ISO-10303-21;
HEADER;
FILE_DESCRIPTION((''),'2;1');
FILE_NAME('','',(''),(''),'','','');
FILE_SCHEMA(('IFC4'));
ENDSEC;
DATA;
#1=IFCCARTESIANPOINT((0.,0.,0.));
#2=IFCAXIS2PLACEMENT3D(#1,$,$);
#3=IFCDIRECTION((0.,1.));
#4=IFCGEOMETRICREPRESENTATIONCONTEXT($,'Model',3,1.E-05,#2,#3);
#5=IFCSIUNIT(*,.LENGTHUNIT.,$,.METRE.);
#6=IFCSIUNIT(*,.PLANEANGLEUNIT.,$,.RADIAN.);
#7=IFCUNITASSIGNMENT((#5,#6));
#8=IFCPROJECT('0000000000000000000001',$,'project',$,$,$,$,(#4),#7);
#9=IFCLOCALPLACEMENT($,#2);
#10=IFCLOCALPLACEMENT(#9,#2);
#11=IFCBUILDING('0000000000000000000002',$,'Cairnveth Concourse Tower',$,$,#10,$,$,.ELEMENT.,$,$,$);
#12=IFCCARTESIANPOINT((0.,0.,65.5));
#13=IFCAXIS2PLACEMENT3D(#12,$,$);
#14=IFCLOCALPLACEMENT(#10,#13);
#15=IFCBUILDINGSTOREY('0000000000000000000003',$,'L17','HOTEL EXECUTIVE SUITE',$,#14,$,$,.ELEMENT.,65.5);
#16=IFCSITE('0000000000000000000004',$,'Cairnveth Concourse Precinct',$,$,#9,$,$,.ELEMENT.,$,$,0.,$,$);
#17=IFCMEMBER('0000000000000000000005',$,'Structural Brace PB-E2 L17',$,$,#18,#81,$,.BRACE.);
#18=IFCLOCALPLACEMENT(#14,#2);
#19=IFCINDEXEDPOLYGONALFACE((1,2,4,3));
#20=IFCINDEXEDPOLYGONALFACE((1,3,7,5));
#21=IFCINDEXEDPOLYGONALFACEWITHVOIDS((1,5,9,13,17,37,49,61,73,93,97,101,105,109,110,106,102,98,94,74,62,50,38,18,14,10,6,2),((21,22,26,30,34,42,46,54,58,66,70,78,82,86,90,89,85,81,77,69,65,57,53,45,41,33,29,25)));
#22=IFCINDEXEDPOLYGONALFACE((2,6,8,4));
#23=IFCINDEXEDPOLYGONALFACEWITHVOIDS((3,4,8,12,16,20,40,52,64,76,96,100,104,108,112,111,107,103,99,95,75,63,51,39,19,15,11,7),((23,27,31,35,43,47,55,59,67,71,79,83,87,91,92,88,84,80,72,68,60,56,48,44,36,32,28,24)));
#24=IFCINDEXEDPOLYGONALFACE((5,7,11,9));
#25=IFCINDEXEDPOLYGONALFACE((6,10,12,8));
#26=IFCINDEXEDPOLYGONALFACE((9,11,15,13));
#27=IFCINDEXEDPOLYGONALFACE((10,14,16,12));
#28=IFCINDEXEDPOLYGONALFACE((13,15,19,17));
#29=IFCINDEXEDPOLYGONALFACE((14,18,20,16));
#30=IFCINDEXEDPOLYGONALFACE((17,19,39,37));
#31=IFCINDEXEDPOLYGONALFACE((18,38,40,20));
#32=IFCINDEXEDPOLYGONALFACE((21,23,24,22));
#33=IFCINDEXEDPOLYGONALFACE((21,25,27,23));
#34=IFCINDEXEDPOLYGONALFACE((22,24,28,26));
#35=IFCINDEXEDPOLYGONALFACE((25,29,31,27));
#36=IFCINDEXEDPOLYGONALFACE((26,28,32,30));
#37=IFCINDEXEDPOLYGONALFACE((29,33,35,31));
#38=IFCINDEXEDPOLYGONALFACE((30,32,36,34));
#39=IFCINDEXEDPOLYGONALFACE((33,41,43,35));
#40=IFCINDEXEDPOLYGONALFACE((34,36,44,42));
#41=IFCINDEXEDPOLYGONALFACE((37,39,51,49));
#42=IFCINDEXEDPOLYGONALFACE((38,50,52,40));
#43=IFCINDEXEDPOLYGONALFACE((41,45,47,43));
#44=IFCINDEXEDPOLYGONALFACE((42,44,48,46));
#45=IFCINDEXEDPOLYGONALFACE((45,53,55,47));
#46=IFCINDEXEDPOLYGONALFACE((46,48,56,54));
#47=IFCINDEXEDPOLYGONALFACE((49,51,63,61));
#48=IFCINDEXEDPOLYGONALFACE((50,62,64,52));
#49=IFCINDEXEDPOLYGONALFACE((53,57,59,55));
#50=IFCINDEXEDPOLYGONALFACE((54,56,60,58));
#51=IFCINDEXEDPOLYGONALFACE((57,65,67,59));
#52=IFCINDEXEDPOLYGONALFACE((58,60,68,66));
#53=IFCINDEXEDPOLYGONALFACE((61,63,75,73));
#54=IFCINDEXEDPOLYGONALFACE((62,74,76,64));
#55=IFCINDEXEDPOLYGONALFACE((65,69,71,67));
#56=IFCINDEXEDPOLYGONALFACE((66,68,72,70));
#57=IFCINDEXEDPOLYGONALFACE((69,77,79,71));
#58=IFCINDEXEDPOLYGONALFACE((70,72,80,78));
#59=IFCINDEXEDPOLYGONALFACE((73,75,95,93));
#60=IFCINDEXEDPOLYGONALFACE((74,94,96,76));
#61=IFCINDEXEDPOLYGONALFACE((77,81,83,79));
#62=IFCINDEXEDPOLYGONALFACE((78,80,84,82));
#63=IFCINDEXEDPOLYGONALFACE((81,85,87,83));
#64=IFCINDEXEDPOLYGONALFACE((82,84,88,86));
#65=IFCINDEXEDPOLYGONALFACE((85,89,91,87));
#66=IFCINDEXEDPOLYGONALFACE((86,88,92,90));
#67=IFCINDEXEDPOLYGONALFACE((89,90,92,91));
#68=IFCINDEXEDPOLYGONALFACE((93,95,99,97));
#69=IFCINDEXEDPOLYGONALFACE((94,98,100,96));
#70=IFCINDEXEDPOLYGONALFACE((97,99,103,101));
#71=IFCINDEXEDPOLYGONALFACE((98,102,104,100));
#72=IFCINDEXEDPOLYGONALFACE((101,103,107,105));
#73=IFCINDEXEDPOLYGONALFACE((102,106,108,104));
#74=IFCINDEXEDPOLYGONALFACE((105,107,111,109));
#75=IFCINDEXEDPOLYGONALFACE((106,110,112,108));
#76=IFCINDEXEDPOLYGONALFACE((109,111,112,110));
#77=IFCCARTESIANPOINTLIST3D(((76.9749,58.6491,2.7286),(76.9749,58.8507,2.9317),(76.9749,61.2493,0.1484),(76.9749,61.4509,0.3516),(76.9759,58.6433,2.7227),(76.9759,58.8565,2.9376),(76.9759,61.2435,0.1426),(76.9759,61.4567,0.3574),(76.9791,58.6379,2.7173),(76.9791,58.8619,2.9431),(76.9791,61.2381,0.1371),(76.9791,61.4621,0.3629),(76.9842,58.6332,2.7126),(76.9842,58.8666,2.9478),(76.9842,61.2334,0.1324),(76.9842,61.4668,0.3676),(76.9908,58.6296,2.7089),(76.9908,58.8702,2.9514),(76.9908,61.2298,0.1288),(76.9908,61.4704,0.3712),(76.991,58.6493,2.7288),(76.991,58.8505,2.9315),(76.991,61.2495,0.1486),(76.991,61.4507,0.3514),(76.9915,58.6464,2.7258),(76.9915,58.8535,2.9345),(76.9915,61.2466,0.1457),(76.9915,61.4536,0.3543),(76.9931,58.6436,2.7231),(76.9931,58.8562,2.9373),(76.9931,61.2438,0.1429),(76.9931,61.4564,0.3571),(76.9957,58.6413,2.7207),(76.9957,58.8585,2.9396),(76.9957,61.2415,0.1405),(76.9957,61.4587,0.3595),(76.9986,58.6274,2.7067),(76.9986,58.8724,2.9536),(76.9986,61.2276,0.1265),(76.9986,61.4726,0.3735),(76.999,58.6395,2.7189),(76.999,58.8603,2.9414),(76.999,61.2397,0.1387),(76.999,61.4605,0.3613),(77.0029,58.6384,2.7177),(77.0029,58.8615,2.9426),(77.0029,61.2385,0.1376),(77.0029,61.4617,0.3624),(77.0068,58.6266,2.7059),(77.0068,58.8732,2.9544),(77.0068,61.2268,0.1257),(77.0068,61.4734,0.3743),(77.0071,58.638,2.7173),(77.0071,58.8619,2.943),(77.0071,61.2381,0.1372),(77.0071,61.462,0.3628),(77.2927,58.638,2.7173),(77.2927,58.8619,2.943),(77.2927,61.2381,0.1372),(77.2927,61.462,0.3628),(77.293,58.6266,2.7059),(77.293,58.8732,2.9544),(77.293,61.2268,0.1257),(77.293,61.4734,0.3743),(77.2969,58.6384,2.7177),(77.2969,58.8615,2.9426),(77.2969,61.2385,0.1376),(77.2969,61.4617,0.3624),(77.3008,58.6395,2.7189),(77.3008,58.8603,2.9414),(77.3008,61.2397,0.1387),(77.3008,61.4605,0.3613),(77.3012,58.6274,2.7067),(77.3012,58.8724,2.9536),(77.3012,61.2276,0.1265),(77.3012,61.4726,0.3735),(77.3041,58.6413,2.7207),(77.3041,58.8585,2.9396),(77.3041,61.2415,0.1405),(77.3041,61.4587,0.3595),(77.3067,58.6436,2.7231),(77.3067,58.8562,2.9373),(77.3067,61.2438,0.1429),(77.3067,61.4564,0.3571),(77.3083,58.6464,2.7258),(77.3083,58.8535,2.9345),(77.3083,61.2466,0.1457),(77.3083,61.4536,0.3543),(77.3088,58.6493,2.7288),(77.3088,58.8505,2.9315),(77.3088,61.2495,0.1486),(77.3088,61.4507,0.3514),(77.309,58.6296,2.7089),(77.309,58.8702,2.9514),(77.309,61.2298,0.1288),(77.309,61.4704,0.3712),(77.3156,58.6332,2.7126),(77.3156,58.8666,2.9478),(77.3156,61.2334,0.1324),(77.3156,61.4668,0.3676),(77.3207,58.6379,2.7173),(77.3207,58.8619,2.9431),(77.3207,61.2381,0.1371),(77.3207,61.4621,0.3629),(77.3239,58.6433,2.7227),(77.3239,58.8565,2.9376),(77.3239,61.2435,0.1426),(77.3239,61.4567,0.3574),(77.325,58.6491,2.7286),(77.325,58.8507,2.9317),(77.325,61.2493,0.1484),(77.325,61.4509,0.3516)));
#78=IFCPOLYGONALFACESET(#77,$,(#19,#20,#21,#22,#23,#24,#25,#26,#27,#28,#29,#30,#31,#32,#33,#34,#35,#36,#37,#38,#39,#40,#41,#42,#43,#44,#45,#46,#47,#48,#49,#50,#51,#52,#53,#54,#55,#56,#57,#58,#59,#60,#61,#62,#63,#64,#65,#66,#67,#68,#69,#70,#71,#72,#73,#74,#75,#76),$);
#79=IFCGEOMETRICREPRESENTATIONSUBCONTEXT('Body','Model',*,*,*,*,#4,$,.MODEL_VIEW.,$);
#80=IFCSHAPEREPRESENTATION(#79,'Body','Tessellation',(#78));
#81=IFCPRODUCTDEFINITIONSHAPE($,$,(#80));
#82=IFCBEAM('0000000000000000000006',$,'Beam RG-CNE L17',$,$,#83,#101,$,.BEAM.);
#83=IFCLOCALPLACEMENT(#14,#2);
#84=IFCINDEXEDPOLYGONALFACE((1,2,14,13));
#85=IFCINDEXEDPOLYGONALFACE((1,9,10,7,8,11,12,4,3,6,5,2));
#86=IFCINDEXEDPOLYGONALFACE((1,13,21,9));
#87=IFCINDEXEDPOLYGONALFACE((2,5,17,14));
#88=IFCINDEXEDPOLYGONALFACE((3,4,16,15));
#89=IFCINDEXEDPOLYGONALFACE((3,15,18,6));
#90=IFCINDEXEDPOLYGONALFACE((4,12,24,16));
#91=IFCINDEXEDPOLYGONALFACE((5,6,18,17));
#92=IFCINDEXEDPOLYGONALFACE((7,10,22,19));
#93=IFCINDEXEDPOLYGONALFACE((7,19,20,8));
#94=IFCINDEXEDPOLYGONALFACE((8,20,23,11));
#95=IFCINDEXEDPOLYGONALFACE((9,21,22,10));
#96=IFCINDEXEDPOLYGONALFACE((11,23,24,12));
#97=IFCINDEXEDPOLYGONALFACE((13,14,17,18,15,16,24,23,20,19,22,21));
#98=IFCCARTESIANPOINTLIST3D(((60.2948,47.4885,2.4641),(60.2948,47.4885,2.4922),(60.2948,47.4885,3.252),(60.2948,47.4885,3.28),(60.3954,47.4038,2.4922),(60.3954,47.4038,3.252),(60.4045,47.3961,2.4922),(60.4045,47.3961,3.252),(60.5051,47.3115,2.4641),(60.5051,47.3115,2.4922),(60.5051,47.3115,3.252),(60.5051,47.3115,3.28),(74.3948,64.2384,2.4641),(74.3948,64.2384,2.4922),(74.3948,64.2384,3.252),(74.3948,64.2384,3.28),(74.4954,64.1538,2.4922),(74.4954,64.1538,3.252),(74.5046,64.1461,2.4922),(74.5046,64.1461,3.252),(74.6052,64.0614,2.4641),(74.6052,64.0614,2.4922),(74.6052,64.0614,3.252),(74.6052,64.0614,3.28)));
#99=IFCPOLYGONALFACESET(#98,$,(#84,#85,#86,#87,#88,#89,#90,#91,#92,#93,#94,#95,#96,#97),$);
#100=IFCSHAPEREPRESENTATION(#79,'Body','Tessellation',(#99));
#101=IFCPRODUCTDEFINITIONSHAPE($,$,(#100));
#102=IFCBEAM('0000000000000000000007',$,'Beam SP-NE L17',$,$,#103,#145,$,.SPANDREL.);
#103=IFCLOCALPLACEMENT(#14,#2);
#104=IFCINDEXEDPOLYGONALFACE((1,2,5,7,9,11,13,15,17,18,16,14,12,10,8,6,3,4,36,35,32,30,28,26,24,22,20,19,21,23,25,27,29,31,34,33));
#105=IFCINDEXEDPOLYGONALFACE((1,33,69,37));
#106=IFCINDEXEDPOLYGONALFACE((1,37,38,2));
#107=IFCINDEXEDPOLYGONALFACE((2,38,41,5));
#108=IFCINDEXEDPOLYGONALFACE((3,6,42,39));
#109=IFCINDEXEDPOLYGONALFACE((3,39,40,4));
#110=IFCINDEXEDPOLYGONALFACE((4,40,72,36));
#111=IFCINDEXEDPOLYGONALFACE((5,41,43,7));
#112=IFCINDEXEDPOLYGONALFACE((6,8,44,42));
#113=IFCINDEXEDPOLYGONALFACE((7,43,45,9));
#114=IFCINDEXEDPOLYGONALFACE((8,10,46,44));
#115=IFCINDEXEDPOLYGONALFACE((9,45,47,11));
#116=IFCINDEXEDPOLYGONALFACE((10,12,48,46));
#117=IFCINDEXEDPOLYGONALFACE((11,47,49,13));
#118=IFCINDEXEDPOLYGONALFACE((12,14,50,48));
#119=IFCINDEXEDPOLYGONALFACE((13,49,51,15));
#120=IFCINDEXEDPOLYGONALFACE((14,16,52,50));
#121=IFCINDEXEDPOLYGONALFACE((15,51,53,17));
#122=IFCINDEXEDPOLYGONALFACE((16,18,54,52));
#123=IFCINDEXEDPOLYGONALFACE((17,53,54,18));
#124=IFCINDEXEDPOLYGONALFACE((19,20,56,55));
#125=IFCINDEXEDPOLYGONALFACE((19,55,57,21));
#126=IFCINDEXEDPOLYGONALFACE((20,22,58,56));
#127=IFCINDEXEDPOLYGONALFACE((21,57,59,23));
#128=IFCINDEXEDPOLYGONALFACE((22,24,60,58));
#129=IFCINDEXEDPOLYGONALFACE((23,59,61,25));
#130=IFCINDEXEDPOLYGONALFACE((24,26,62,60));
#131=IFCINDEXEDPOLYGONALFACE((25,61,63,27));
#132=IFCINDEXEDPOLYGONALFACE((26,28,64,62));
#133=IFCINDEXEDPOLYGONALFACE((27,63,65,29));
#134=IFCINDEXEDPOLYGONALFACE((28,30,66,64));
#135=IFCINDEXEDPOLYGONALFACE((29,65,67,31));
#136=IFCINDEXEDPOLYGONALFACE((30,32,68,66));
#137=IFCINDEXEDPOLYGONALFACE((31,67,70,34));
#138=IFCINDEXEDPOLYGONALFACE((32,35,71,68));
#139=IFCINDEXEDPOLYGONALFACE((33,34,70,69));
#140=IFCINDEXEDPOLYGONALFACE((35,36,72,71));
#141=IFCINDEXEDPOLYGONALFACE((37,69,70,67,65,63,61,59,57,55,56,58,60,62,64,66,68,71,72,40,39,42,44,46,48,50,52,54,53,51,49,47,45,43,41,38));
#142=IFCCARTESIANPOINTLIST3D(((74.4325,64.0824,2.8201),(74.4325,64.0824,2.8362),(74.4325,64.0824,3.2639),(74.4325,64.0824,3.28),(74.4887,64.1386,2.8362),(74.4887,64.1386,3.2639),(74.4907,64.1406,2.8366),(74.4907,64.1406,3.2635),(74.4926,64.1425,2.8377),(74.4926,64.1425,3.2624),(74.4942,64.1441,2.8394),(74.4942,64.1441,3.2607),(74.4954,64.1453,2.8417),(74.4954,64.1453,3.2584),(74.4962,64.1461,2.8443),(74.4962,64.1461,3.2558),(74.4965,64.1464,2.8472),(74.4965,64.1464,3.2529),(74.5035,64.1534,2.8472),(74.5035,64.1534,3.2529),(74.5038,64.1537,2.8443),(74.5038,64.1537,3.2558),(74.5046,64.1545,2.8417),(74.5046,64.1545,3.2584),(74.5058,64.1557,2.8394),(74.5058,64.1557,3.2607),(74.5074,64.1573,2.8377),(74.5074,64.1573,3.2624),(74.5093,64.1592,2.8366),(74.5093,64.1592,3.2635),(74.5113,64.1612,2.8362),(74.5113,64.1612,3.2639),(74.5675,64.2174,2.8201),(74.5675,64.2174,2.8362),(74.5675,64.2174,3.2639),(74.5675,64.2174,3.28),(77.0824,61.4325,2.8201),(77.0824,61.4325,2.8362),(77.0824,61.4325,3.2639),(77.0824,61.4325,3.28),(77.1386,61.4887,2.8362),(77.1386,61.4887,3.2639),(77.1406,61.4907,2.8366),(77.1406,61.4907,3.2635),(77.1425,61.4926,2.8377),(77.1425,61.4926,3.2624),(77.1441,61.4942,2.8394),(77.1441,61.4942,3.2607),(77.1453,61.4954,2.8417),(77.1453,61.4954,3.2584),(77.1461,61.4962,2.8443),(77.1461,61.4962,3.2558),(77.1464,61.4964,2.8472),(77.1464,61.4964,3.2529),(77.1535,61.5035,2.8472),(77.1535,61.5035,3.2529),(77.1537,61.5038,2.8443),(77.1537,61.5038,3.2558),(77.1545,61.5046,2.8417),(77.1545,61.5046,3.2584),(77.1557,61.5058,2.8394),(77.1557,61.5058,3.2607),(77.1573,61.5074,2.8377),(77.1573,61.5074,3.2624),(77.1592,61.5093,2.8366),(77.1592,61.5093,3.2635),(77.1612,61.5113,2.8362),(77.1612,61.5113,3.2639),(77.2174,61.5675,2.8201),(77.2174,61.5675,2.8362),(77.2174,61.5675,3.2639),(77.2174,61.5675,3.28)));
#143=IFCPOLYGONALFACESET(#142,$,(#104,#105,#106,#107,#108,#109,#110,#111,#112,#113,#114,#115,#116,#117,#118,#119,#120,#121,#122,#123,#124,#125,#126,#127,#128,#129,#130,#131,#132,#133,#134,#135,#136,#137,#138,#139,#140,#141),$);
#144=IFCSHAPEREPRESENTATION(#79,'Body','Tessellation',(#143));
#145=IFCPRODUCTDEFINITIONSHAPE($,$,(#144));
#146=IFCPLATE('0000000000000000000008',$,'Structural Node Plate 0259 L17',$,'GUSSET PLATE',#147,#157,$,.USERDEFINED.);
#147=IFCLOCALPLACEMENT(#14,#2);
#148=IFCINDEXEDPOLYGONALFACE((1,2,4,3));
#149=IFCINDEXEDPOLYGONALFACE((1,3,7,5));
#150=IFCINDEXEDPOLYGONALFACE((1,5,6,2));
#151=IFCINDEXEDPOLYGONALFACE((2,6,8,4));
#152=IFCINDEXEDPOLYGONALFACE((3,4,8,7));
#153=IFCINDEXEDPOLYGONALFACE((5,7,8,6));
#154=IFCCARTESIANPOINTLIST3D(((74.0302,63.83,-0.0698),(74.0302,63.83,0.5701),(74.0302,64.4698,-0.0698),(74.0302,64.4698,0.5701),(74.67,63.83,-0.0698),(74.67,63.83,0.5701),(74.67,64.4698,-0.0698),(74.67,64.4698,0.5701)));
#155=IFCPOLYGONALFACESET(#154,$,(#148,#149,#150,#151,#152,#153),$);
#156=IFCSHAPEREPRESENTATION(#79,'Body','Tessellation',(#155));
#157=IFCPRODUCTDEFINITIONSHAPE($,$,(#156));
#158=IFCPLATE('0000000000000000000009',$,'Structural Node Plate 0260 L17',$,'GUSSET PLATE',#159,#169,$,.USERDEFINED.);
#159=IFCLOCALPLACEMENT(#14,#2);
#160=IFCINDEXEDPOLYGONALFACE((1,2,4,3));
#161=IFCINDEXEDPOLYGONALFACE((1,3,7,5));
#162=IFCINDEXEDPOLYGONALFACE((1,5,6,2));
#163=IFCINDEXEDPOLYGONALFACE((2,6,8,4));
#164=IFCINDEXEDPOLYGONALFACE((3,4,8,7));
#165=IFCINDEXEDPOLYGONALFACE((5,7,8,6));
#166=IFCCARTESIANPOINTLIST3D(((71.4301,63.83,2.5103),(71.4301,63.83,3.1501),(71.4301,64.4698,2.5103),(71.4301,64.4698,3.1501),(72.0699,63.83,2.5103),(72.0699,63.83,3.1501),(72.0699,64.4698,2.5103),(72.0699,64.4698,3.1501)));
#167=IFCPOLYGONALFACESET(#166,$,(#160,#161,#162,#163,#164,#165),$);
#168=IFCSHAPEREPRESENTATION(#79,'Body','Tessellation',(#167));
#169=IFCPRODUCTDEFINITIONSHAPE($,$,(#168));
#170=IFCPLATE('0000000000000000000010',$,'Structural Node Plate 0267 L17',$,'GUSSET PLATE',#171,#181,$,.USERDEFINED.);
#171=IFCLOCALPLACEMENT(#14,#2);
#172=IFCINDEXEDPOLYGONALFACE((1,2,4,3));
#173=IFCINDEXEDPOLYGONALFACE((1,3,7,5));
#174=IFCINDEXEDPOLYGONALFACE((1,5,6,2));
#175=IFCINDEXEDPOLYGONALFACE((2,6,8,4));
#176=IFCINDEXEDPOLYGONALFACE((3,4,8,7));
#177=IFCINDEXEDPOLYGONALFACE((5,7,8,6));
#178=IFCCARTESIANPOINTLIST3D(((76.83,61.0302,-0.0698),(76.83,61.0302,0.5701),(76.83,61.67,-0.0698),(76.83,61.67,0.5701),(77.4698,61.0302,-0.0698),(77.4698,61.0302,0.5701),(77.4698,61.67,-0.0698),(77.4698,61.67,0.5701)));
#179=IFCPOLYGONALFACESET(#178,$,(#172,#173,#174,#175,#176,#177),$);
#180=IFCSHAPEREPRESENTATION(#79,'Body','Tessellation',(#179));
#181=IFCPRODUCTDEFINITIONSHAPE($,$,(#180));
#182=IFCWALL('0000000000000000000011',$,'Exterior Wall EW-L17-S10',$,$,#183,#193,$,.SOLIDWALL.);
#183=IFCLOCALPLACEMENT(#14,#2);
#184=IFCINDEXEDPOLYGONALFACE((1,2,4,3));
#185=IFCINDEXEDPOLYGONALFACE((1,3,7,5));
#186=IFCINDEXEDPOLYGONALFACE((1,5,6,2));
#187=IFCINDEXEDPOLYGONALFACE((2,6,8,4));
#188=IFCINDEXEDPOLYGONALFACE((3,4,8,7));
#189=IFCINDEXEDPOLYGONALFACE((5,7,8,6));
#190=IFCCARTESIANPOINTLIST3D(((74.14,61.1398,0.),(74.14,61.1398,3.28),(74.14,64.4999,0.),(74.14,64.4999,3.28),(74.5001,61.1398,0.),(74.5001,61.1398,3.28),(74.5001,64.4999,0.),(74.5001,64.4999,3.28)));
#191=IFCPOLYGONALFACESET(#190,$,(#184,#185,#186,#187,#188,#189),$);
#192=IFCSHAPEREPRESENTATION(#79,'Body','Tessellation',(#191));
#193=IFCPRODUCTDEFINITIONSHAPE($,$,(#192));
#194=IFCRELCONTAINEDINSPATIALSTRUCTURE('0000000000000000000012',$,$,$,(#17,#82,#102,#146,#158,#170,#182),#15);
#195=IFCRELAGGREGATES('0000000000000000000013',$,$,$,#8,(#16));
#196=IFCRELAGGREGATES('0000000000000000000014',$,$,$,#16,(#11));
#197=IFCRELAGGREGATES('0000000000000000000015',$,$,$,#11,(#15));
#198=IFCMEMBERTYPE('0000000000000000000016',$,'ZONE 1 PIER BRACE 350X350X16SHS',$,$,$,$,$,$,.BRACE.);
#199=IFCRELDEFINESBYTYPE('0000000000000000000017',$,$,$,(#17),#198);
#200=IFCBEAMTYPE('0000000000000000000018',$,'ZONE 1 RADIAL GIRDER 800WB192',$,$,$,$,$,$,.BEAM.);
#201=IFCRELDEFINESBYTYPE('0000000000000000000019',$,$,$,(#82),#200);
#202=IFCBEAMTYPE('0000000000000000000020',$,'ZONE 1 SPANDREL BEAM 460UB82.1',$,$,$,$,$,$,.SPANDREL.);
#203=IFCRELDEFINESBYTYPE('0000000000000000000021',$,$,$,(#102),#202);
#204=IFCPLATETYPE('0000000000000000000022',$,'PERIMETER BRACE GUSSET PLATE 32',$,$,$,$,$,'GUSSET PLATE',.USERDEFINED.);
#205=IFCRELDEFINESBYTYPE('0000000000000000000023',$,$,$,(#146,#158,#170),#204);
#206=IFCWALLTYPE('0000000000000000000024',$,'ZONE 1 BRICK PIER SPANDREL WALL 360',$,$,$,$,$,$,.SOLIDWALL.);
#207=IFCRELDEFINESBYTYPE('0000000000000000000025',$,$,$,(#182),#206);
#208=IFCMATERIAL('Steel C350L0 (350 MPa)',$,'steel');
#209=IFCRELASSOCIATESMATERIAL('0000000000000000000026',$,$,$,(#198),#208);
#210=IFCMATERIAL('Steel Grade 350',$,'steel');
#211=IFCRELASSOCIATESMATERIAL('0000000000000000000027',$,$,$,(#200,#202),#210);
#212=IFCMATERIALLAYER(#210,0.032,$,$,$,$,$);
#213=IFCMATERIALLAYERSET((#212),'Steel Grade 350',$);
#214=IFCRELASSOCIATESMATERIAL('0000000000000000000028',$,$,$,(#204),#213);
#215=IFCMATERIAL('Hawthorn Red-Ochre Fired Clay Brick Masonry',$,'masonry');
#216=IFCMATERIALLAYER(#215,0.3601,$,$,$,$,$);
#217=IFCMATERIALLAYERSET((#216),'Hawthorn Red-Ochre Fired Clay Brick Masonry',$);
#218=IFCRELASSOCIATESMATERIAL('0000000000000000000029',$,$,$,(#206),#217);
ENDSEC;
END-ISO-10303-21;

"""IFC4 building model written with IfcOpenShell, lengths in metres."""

from ifc_helpers import new_model, si_unit, direction, frame, frame_2d, origin, origin_2d, place, context, subcontext, project, spatial, rectangle, hollow_rectangle, i_section, extrude, material, layer, layer_set, material_profile, profile_set, type_object, element, save


model = new_model("IFC4")

# Units and contexts
model_context = context("Model", 3, precision=1e-05, world=origin(), true_north=direction((0.0, 1.0)))
body_context = subcontext(model_context, "Body", "Model", "MODEL_VIEW")
ifc_project = project(units=[si_unit("LENGTHUNIT", "METRE"), si_unit("PLANEANGLEUNIT", "RADIAN")], contexts=[model_context])

# Site, building, storey
site_placement = place(None, origin())
site = spatial("IfcSite", under=ifc_project, at=site_placement, Name="Cairnveth Concourse Precinct", CompositionType="ELEMENT", RefElevation=0.0)
building_placement = place(site_placement, origin())
building = spatial("IfcBuilding", under=site, at=building_placement, Name="Cairnveth Concourse Tower", CompositionType="ELEMENT")
storey_placement = place(building_placement, frame((0.0, 0.0, 65.5)))
storey = spatial("IfcBuildingStorey", under=building, at=storey_placement, Name="L17", Description="HOTEL EXECUTIVE SUITE", CompositionType="ELEMENT", Elevation=65.5)

# Shared definitions
ifc_material_1 = material(Name="Steel Grade 350", Category="steel")

# Member
ifc_material_2 = material(Name="Steel C350L0 (350 MPa)", Category="steel")
ifc_material_profile_1 = material_profile(ifc_material_2, hollow_rectangle(XDim=0.3501, YDim=0.3501, WallThickness=0.0161, InnerFilletRadius=0.0161, OuterFilletRadius=0.032, at=origin_2d()), Name="350x350x16.0SHS")
ifc_profile_set_1 = profile_set([ifc_material_profile_1], Name="Steel C350L0 (350 MPa)")
member_type = type_object("IfcMemberType", Name="ZONE 1 PIER BRACE 350X350X16SHS", PredefinedType="BRACE", material=ifc_profile_set_1)
for number, where, z_axis, x_axis, name in (
    (1, (77.1499, 61.3501, 0.25), (0.0, -0.709834, 0.704369), (1.0, 0.0, 0.0), "Structural Brace PB-E2 L17"),
):
    element("IfcMember", number, at=place(storey_placement, frame(where, z_axis=z_axis, x_axis=x_axis)), inside=storey, type_object=member_type, Name=name, PredefinedType="BRACE", context=body_context, shape_type="SweptSolid", body=[
        extrude(hollow_rectangle(XDim=0.3501, YDim=0.3501, WallThickness=0.0161, InnerFilletRadius=0.0161, OuterFilletRadius=0.032, at=origin_2d()), origin(), (0.0, 0.0, 1.0), 3.6631),
    ])

# Beams
ifc_material_profile_2 = material_profile(ifc_material_1, i_section(OverallWidth=0.2749, OverallDepth=0.8159, WebThickness=0.012, FlangeThickness=0.0281, at=origin_2d()), Name="800WB192")
ifc_profile_set_2 = profile_set([ifc_material_profile_2], Name="Steel Grade 350")
beam_type_1 = type_object("IfcBeamType", Name="ZONE 1 RADIAL GIRDER 800WB192", PredefinedType="BEAM", material=ifc_profile_set_2)
beam_1_placement = place(storey_placement, frame((74.5, 64.1499, 2.8721), z_axis=(-0.643998, -0.765027, 0.0), x_axis=(0.765027, -0.643998, 0.0)))
element("IfcBeam", 2, at=beam_1_placement, inside=storey, type_object=beam_type_1, Name="Beam RG-CNE L17", PredefinedType="BEAM", context=body_context, shape_type="SweptSolid", body=[
    extrude(i_section(OverallWidth=0.2749, OverallDepth=0.8159, WebThickness=0.012, FlangeThickness=0.0281, at=origin_2d()), origin(), (0.0, 0.0, 1.0), 21.8945),
])
ifc_material_profile_3 = material_profile(ifc_material_1, i_section(OverallWidth=0.1909, OverallDepth=0.46, WebThickness=0.01, FlangeThickness=0.0161, FilletRadius=0.011, at=origin_2d()), Name="460UB82.1")
ifc_profile_set_3 = profile_set([ifc_material_profile_3], Name="Steel Grade 350")
beam_type_2 = type_object("IfcBeamType", Name="ZONE 1 SPANDREL BEAM 460UB82.1", PredefinedType="SPANDREL", material=ifc_profile_set_3)
beam_2_placement = place(storey_placement, frame((74.5, 64.1499, 3.05), z_axis=(0.707107, -0.707107, 0.0), x_axis=(0.707107, 0.707107, 0.0)))
element("IfcBeam", 3, at=beam_2_placement, inside=storey, type_object=beam_type_2, Name="Beam SP-NE L17", PredefinedType="SPANDREL", context=body_context, shape_type="SweptSolid", body=[
    extrude(i_section(OverallWidth=0.1909, OverallDepth=0.46, WebThickness=0.01, FlangeThickness=0.0161, FilletRadius=0.011, at=origin_2d()), origin(), (0.0, 0.0, 1.0), 3.7476),
])

# Plates
ifc_layer_1 = layer(ifc_material_1, 0.032)
ifc_layer_set_1 = layer_set([ifc_layer_1], Name="Steel Grade 350")
plate_type = type_object("IfcPlateType", Name="PERIMETER BRACE GUSSET PLATE 32", ElementType="GUSSET PLATE", PredefinedType="USERDEFINED", material=ifc_layer_set_1)
for number, where, z_axis, x_axis, name in (
    (4, (74.3501, 64.1499, -0.0698), (0.0, 0.0, 1.0), (1.0, 0.0, 0.0), "Structural Node Plate 0259 L17"),
    (5, (71.75, 64.1499, 2.5103), (0.0, 0.0, 1.0), (1.0, 0.0, 0.0), "Structural Node Plate 0260 L17"),
    (6, (77.1499, 61.3501, -0.0698), (0.0, 0.0, 1.0), (1.0, 0.0, 0.0), "Structural Node Plate 0267 L17"),
):
    element("IfcPlate", number, at=place(storey_placement, frame(where, z_axis=z_axis, x_axis=x_axis)), inside=storey, type_object=plate_type, Name=name, ObjectType="GUSSET PLATE", PredefinedType="USERDEFINED", context=body_context, shape_type="SweptSolid", body=[
        extrude(rectangle(XDim=0.6399, YDim=0.6399, at=origin_2d()), origin(), (0.0, 0.0, 1.0), 0.6399),
    ])

# Wall
ifc_material_3 = material(Name="Hawthorn Red-Ochre Fired Clay Brick Masonry", Category="masonry")
ifc_layer_2 = layer(ifc_material_3, 0.3601)
ifc_layer_set_2 = layer_set([ifc_layer_2], Name="Hawthorn Red-Ochre Fired Clay Brick Masonry")
wall_type = type_object("IfcWallType", Name="ZONE 1 BRICK PIER SPANDREL WALL 360", PredefinedType="SOLIDWALL", material=ifc_layer_set_2)
wall_1_placement = place(storey_placement, frame((74.3201, 64.5, 0.0), z_axis=(0.0, 0.0, 1.0), x_axis=(0.0, -1.0, 0.0)))
element("IfcWall", 7, at=wall_1_placement, inside=storey, type_object=wall_type, Name="Exterior Wall EW-L17-S10", PredefinedType="SOLIDWALL", context=body_context, shape_type="SweptSolid", body=[
    extrude(rectangle(XDim=3.3601, YDim=0.3601, at=frame_2d((1.6802, 0.0))), origin(), (0.0, 0.0, 1.0), 3.28),
])

save(model, "model.ifc")
